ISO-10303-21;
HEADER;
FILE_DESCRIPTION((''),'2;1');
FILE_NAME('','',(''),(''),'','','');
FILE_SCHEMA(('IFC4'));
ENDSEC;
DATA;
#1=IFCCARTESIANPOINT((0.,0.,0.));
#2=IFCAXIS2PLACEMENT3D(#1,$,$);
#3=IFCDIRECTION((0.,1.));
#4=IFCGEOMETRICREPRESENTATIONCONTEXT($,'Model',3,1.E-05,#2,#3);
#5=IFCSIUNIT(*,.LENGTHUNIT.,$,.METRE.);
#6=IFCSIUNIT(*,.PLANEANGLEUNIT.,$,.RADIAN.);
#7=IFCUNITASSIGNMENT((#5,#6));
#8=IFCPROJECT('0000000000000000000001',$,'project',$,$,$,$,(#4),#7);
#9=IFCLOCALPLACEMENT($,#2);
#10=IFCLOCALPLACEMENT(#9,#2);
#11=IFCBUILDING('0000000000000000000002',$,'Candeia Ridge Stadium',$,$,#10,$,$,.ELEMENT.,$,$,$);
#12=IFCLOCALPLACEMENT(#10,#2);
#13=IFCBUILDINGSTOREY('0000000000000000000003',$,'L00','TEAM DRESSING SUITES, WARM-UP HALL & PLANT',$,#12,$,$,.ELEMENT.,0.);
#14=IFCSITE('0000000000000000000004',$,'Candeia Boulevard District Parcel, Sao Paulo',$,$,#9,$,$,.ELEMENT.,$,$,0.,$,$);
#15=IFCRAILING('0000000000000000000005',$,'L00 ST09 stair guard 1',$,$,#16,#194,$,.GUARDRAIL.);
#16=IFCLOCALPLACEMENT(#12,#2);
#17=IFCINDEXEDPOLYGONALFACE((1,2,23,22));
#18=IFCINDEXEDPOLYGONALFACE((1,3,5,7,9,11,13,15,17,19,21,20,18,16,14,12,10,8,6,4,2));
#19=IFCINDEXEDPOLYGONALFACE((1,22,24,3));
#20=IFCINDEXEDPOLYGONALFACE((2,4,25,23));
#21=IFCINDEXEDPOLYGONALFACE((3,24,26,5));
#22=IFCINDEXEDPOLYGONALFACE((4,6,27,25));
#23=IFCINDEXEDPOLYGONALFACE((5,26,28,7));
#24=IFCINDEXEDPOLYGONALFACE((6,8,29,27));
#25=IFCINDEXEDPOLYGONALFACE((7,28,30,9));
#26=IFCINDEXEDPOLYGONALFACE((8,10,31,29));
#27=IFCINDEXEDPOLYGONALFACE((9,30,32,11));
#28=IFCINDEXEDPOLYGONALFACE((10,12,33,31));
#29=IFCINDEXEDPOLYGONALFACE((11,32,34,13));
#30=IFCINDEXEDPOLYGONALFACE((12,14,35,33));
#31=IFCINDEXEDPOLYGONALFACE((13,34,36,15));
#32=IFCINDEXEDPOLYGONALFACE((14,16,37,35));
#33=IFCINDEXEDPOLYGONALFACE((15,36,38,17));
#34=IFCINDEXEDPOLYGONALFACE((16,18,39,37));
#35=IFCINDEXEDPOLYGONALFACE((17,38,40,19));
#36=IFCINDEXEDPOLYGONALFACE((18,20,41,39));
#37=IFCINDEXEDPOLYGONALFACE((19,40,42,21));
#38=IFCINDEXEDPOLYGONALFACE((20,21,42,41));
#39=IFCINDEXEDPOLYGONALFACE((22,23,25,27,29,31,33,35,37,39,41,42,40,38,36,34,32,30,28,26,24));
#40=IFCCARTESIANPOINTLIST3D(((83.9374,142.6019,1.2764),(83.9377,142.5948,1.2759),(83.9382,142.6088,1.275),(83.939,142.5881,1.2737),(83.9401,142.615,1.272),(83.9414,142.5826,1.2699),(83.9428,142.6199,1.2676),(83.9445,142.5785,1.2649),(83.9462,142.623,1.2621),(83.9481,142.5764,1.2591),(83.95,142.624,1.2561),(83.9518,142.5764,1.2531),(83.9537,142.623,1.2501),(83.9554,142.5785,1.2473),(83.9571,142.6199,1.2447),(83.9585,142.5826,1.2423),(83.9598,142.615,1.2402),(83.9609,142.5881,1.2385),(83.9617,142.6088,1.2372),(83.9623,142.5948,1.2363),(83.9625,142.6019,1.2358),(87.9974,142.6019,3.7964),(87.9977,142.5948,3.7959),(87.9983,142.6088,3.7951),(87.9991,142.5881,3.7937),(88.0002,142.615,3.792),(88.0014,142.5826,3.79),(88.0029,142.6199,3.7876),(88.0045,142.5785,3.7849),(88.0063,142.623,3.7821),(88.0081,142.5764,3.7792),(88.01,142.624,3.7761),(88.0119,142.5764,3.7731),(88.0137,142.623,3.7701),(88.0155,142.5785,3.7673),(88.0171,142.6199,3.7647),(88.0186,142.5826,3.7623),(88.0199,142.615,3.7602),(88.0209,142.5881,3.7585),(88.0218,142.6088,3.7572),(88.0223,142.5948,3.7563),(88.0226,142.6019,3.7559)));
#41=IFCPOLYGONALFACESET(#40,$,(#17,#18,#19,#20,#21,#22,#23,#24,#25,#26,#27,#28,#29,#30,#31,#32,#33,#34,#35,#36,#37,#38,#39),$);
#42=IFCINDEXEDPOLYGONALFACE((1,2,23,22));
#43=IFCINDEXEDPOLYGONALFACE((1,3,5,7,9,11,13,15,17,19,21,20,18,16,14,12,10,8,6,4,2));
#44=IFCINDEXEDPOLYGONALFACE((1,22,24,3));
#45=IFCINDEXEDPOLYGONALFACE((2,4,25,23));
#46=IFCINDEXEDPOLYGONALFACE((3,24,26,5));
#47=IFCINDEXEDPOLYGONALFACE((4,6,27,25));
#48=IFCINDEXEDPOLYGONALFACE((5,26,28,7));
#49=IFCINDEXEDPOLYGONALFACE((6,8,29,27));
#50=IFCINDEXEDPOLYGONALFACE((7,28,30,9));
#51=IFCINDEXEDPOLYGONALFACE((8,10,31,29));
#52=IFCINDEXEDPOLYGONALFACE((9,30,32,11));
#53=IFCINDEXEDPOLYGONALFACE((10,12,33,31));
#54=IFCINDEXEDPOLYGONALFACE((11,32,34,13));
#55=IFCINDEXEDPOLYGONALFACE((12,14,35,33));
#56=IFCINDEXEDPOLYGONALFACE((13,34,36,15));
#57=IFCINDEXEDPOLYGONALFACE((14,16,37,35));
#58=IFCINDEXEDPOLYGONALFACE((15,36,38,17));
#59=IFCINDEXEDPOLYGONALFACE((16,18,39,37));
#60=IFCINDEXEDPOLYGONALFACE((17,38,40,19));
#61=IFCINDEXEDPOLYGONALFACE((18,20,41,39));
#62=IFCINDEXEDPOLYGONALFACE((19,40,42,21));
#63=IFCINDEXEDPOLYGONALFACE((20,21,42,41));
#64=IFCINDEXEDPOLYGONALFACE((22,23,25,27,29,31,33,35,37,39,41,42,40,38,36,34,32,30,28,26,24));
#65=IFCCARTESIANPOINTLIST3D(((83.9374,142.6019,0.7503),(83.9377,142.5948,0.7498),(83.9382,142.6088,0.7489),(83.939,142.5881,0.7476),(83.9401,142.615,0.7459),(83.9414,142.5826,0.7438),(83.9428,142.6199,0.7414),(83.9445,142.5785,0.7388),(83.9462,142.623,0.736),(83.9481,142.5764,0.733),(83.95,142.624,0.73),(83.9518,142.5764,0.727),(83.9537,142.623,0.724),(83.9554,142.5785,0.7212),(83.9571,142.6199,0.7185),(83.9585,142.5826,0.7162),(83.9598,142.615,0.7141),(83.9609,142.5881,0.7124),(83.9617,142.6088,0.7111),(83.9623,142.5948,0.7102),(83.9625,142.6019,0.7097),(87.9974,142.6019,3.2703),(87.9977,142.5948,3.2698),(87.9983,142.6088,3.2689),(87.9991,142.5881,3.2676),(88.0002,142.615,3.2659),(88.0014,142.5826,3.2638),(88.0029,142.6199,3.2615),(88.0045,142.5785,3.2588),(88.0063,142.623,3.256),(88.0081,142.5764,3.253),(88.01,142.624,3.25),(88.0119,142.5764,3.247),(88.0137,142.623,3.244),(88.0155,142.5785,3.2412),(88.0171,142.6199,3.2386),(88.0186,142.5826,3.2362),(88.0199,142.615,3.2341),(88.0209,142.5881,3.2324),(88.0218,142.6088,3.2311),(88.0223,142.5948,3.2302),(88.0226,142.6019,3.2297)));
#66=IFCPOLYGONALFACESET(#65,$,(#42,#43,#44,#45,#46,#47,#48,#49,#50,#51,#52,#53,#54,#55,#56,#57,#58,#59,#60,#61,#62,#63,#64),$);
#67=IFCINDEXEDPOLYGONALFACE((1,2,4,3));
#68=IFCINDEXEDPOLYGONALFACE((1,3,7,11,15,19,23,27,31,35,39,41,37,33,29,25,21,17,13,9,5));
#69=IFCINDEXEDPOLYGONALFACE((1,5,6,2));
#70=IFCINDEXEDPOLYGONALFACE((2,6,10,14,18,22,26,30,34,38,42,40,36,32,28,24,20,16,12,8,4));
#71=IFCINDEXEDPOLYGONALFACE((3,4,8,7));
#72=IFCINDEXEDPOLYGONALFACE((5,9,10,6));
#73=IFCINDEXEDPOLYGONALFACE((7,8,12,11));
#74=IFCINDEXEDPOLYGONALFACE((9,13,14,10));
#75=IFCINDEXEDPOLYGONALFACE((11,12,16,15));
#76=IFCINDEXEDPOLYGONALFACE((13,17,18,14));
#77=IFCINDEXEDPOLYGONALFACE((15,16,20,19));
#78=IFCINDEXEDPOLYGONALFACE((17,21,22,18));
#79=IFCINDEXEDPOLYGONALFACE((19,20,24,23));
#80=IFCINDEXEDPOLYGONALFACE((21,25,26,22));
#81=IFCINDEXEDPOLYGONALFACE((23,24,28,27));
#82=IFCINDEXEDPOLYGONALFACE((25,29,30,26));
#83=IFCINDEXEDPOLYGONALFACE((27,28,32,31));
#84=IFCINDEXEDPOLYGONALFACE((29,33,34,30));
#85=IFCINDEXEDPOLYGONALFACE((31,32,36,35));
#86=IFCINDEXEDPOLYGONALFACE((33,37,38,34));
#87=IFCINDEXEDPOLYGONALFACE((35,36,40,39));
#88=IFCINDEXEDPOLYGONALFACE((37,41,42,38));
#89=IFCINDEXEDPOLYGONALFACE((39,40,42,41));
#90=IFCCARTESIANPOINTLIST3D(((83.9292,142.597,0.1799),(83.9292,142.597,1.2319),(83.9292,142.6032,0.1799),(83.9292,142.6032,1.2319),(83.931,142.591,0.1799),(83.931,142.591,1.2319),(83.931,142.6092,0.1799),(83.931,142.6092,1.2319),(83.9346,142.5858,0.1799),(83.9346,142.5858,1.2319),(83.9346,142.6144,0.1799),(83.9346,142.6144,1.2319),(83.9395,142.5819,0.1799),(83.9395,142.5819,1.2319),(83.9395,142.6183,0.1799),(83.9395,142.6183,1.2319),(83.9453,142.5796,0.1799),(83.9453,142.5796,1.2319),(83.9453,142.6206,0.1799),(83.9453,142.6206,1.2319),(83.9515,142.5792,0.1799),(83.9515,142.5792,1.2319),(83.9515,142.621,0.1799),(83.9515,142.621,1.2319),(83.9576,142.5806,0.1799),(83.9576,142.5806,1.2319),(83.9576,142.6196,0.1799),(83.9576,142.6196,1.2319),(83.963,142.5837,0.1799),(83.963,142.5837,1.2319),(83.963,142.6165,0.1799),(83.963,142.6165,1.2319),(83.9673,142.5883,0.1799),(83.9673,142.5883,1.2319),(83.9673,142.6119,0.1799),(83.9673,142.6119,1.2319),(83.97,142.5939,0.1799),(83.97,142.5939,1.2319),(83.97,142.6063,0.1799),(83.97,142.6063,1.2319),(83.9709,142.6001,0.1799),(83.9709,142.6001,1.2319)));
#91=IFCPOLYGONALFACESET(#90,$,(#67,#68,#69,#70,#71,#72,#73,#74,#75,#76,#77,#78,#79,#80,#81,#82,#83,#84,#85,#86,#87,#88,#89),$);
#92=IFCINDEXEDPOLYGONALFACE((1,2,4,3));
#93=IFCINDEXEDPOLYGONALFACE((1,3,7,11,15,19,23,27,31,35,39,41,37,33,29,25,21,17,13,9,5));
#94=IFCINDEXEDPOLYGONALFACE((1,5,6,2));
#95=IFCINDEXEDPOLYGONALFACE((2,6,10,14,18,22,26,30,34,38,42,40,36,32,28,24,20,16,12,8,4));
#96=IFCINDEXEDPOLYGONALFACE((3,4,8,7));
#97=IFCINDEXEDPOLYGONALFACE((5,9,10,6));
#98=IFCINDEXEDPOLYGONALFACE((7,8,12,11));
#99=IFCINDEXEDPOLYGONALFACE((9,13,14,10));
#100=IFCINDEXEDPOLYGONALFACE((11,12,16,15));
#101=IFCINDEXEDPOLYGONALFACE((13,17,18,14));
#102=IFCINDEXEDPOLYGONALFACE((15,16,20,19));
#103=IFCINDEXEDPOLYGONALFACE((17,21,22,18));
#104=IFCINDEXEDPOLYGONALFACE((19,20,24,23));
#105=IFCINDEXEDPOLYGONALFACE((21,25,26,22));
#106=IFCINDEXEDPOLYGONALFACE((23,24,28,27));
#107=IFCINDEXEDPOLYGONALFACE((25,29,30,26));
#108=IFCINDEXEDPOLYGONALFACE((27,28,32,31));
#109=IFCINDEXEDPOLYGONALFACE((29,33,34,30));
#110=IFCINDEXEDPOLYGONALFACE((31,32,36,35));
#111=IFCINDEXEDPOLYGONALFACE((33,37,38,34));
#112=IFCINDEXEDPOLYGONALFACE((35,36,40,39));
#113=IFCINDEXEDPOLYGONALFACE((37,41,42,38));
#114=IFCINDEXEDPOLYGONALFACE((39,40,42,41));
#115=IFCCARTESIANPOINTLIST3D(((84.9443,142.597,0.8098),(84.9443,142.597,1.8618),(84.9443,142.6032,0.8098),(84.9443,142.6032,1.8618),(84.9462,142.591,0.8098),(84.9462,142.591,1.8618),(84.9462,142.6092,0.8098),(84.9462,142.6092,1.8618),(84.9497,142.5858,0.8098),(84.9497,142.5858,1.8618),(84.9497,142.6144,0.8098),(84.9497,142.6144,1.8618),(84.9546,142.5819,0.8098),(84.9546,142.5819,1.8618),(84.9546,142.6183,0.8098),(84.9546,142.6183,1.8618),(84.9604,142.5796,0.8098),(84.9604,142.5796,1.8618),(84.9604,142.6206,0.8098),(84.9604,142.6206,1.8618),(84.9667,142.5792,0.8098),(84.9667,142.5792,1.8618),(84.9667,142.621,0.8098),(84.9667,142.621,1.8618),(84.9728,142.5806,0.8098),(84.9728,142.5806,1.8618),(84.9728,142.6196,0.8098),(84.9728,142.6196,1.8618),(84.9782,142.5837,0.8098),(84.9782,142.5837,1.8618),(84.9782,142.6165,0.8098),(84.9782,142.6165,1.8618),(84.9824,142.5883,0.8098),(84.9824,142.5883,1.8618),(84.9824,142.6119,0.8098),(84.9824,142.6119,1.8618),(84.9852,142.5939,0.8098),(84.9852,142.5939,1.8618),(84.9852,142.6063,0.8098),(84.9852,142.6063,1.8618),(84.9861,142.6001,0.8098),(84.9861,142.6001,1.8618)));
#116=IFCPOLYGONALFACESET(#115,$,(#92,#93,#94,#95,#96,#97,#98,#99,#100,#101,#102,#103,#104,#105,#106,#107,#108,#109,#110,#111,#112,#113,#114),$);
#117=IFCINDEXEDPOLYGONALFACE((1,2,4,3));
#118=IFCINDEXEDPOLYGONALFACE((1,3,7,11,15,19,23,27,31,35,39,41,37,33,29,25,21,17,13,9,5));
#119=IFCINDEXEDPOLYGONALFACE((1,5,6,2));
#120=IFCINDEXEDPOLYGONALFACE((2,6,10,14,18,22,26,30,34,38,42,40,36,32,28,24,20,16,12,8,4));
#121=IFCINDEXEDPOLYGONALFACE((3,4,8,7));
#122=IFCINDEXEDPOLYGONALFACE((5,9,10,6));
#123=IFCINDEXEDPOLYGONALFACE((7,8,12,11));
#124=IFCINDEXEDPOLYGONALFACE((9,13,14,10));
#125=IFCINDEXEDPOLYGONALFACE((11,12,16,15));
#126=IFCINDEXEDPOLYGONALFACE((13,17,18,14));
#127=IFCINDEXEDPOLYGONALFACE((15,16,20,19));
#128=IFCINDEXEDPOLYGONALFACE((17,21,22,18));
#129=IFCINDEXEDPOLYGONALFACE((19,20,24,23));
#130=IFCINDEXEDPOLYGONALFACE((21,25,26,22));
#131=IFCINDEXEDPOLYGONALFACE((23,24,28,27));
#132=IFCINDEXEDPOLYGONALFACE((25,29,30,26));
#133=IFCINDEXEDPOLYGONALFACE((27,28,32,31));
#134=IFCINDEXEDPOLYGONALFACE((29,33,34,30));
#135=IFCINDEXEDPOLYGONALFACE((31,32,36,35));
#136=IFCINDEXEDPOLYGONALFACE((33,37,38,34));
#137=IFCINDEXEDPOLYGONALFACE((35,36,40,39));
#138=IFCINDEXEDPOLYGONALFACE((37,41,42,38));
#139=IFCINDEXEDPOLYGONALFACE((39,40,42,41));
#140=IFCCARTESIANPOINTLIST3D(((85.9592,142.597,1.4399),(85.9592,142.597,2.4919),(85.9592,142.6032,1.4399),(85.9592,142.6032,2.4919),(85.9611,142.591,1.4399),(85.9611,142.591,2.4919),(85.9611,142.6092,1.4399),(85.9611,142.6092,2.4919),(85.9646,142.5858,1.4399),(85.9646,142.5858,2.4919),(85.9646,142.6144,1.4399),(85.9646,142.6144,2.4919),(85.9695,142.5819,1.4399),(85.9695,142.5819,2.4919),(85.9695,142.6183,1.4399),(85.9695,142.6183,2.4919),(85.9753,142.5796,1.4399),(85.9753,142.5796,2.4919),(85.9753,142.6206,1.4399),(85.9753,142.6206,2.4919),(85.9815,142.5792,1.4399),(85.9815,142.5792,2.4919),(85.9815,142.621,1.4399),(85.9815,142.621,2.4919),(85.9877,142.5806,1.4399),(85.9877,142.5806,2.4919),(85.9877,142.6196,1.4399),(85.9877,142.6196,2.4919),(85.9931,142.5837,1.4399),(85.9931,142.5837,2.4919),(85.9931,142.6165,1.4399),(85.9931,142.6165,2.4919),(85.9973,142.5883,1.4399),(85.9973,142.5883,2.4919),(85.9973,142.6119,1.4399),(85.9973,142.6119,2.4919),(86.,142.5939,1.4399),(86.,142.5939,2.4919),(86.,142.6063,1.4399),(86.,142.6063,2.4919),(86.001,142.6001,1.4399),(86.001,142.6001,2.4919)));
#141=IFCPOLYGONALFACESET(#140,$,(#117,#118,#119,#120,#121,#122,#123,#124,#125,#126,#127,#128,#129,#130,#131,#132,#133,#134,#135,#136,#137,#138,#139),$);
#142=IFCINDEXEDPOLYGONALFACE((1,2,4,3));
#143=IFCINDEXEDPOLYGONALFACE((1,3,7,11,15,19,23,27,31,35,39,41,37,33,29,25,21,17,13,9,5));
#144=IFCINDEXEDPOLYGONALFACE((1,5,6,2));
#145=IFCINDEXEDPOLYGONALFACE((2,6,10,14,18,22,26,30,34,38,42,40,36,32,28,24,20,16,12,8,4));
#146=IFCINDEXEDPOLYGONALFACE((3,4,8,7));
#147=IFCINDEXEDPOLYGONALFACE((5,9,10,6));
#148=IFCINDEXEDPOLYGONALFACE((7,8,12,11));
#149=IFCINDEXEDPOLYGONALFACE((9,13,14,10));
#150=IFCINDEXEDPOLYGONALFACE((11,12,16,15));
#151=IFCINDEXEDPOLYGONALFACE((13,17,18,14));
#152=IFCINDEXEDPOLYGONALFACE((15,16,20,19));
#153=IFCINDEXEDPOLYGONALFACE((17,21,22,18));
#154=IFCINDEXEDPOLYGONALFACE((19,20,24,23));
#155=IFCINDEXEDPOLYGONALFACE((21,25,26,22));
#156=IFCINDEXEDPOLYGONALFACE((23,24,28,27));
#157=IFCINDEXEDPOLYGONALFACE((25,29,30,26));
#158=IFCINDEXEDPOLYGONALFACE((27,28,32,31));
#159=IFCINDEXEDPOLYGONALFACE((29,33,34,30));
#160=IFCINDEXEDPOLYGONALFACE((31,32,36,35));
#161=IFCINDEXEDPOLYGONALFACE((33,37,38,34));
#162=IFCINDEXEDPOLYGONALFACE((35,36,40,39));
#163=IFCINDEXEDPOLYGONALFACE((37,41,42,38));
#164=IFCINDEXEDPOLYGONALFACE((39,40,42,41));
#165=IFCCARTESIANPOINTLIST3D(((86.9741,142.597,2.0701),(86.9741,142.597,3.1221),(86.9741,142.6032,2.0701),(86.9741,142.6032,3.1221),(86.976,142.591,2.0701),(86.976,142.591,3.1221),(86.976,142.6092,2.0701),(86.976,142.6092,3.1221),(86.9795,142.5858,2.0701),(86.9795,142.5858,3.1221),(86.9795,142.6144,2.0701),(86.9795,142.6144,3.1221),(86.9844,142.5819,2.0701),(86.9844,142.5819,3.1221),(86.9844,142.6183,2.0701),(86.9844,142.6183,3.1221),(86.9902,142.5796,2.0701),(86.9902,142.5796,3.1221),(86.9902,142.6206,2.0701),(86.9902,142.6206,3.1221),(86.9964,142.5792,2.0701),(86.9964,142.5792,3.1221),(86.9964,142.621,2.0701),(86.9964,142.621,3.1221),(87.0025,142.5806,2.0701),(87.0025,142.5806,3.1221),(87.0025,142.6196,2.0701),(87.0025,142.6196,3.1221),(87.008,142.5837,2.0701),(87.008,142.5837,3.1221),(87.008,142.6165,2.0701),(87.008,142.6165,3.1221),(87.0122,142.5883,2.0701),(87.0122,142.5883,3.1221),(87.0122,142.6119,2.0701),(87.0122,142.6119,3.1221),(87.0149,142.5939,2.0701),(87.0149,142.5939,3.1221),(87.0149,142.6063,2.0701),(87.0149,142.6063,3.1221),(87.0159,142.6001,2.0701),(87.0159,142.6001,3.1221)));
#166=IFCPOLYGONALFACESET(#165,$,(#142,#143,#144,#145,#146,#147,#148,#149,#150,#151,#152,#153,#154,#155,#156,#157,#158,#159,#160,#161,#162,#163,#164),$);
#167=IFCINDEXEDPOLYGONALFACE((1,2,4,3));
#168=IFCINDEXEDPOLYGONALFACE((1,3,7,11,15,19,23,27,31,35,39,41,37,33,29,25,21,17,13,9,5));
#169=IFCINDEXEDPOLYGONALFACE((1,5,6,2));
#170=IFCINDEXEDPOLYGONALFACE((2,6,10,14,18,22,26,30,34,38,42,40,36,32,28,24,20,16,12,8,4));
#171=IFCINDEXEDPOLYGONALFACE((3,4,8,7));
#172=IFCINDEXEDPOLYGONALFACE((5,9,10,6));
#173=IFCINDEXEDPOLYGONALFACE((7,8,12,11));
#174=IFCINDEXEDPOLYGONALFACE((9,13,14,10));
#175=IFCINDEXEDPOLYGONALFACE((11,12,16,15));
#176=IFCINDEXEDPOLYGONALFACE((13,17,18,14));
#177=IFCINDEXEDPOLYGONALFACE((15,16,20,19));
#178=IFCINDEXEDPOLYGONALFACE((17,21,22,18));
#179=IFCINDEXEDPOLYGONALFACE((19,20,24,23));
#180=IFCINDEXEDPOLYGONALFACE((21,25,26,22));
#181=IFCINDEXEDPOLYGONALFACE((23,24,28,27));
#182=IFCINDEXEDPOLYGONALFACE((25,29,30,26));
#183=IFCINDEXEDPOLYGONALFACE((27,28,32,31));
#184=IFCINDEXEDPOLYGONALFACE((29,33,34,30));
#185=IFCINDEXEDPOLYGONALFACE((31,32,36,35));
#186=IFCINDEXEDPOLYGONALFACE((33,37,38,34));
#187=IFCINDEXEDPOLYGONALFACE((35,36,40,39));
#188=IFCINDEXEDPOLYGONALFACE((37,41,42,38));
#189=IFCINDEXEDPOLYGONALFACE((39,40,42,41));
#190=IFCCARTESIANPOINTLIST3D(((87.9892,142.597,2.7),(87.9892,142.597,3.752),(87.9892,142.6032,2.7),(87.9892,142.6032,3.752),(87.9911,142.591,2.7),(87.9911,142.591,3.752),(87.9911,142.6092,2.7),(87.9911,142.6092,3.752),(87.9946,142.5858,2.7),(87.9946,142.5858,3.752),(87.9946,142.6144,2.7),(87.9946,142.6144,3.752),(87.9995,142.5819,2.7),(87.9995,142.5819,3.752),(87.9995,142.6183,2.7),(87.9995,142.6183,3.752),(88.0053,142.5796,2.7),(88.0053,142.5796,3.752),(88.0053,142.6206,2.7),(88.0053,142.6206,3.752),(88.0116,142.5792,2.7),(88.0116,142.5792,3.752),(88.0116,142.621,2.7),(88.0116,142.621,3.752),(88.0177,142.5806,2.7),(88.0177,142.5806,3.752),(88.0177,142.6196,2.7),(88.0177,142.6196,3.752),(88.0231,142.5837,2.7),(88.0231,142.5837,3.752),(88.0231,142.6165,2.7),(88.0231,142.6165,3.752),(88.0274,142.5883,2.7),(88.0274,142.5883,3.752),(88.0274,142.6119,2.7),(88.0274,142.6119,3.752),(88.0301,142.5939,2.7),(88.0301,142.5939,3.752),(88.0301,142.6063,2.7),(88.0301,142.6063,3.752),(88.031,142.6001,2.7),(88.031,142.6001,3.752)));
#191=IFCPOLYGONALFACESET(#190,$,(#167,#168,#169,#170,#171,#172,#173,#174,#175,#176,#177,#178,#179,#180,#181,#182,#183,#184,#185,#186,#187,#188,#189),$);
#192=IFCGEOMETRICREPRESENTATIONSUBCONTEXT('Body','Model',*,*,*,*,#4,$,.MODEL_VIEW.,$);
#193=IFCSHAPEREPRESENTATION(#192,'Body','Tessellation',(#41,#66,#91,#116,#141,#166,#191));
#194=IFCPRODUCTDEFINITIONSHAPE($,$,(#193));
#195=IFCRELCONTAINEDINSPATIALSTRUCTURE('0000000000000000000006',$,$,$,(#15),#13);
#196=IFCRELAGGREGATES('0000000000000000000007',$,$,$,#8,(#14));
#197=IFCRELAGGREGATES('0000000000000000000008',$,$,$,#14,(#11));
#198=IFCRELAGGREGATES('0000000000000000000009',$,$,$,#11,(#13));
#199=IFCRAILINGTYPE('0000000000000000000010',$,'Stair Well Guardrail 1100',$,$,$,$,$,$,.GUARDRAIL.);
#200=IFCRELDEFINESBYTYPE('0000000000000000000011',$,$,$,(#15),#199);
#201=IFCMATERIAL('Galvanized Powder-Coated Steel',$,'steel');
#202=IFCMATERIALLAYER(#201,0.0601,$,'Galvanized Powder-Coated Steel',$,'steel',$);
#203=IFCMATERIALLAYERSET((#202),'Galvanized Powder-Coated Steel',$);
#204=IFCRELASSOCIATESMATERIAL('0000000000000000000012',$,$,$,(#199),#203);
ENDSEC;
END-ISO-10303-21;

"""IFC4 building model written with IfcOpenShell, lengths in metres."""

from ifc_helpers import new_model, si_unit, direction, frame, origin, origin_2d, place, context, subcontext, project, spatial, circle, extrude, material, layer, layer_set, type_object, element, save


model = new_model("IFC4")

# Units and contexts
model_context = context("Model", 3, precision=1e-05, world=origin(), true_north=direction((0.0, 1.0)))
body_context = subcontext(model_context, "Body", "Model", "MODEL_VIEW")
ifc_project = project(units=[si_unit("LENGTHUNIT", "METRE"), si_unit("PLANEANGLEUNIT", "RADIAN")], contexts=[model_context])

# Site, building, storey
site_placement = place(None, origin())
site = spatial("IfcSite", under=ifc_project, at=site_placement, Name="Candeia Boulevard District Parcel, Sao Paulo", CompositionType="ELEMENT", RefElevation=0.0)
building_placement = place(site_placement, origin())
building = spatial("IfcBuilding", under=site, at=building_placement, Name="Candeia Ridge Stadium", CompositionType="ELEMENT")
storey_placement = place(building_placement, origin())
storey = spatial("IfcBuildingStorey", under=building, at=storey_placement, Name="L00", Description="TEAM DRESSING SUITES, WARM-UP HALL & PLANT", CompositionType="ELEMENT", Elevation=0.0)

# Railing
ifc_material_1 = material(Name="Galvanized Powder-Coated Steel", Category="steel")
ifc_layer_1 = layer(ifc_material_1, 0.0601, Name="Galvanized Powder-Coated Steel", Category="steel")
ifc_layer_set_1 = layer_set([ifc_layer_1], Name="Galvanized Powder-Coated Steel")
railing_type_1 = type_object("IfcRailingType", Name="Stair Well Guardrail 1100", PredefinedType="GUARDRAIL", material=ifc_layer_set_1)
railing_1_placement = place(storey_placement, frame((83.95, 142.6001, 0.1799)))
element("IfcRailing", 1, at=railing_1_placement, inside=storey, type_object=railing_type_1, Name="L00 ST09 stair guard 1", PredefinedType="GUARDRAIL", context=body_context, shape_type="SweptSolid", body=[
    extrude(circle(Radius=0.0239, at=origin_2d()), frame((0.0, 0.0, 1.0762), z_axis=(0.849642, 0.0, 0.52736), x_axis=(0.0, 1.0, 0.0)), (0.0, 0.0, 1.0), 4.7786),
    extrude(circle(Radius=0.0239, at=origin_2d()), frame((0.0, 0.0, 0.55), z_axis=(0.849642, 0.0, 0.52736), x_axis=(0.0, 1.0, 0.0)), (0.0, 0.0, 1.0), 4.7786),
    extrude(circle(Radius=0.021, at=origin_2d()), origin(), (0.0, 0.0, 1.0), 1.052),
    extrude(circle(Radius=0.021, at=origin_2d()), frame((1.0151, 0.0, 0.6299)), (0.0, 0.0, 1.0), 1.052),
    extrude(circle(Radius=0.021, at=origin_2d()), frame((2.03, 0.0, 1.26)), (0.0, 0.0, 1.0), 1.052),
    extrude(circle(Radius=0.021, at=origin_2d()), frame((3.0449, 0.0, 1.8901)), (0.0, 0.0, 1.0), 1.052),
    extrude(circle(Radius=0.021, at=origin_2d()), frame((4.0601, 0.0, 2.52)), (0.0, 0.0, 1.0), 1.052),
])

save(model, "model.ifc")
